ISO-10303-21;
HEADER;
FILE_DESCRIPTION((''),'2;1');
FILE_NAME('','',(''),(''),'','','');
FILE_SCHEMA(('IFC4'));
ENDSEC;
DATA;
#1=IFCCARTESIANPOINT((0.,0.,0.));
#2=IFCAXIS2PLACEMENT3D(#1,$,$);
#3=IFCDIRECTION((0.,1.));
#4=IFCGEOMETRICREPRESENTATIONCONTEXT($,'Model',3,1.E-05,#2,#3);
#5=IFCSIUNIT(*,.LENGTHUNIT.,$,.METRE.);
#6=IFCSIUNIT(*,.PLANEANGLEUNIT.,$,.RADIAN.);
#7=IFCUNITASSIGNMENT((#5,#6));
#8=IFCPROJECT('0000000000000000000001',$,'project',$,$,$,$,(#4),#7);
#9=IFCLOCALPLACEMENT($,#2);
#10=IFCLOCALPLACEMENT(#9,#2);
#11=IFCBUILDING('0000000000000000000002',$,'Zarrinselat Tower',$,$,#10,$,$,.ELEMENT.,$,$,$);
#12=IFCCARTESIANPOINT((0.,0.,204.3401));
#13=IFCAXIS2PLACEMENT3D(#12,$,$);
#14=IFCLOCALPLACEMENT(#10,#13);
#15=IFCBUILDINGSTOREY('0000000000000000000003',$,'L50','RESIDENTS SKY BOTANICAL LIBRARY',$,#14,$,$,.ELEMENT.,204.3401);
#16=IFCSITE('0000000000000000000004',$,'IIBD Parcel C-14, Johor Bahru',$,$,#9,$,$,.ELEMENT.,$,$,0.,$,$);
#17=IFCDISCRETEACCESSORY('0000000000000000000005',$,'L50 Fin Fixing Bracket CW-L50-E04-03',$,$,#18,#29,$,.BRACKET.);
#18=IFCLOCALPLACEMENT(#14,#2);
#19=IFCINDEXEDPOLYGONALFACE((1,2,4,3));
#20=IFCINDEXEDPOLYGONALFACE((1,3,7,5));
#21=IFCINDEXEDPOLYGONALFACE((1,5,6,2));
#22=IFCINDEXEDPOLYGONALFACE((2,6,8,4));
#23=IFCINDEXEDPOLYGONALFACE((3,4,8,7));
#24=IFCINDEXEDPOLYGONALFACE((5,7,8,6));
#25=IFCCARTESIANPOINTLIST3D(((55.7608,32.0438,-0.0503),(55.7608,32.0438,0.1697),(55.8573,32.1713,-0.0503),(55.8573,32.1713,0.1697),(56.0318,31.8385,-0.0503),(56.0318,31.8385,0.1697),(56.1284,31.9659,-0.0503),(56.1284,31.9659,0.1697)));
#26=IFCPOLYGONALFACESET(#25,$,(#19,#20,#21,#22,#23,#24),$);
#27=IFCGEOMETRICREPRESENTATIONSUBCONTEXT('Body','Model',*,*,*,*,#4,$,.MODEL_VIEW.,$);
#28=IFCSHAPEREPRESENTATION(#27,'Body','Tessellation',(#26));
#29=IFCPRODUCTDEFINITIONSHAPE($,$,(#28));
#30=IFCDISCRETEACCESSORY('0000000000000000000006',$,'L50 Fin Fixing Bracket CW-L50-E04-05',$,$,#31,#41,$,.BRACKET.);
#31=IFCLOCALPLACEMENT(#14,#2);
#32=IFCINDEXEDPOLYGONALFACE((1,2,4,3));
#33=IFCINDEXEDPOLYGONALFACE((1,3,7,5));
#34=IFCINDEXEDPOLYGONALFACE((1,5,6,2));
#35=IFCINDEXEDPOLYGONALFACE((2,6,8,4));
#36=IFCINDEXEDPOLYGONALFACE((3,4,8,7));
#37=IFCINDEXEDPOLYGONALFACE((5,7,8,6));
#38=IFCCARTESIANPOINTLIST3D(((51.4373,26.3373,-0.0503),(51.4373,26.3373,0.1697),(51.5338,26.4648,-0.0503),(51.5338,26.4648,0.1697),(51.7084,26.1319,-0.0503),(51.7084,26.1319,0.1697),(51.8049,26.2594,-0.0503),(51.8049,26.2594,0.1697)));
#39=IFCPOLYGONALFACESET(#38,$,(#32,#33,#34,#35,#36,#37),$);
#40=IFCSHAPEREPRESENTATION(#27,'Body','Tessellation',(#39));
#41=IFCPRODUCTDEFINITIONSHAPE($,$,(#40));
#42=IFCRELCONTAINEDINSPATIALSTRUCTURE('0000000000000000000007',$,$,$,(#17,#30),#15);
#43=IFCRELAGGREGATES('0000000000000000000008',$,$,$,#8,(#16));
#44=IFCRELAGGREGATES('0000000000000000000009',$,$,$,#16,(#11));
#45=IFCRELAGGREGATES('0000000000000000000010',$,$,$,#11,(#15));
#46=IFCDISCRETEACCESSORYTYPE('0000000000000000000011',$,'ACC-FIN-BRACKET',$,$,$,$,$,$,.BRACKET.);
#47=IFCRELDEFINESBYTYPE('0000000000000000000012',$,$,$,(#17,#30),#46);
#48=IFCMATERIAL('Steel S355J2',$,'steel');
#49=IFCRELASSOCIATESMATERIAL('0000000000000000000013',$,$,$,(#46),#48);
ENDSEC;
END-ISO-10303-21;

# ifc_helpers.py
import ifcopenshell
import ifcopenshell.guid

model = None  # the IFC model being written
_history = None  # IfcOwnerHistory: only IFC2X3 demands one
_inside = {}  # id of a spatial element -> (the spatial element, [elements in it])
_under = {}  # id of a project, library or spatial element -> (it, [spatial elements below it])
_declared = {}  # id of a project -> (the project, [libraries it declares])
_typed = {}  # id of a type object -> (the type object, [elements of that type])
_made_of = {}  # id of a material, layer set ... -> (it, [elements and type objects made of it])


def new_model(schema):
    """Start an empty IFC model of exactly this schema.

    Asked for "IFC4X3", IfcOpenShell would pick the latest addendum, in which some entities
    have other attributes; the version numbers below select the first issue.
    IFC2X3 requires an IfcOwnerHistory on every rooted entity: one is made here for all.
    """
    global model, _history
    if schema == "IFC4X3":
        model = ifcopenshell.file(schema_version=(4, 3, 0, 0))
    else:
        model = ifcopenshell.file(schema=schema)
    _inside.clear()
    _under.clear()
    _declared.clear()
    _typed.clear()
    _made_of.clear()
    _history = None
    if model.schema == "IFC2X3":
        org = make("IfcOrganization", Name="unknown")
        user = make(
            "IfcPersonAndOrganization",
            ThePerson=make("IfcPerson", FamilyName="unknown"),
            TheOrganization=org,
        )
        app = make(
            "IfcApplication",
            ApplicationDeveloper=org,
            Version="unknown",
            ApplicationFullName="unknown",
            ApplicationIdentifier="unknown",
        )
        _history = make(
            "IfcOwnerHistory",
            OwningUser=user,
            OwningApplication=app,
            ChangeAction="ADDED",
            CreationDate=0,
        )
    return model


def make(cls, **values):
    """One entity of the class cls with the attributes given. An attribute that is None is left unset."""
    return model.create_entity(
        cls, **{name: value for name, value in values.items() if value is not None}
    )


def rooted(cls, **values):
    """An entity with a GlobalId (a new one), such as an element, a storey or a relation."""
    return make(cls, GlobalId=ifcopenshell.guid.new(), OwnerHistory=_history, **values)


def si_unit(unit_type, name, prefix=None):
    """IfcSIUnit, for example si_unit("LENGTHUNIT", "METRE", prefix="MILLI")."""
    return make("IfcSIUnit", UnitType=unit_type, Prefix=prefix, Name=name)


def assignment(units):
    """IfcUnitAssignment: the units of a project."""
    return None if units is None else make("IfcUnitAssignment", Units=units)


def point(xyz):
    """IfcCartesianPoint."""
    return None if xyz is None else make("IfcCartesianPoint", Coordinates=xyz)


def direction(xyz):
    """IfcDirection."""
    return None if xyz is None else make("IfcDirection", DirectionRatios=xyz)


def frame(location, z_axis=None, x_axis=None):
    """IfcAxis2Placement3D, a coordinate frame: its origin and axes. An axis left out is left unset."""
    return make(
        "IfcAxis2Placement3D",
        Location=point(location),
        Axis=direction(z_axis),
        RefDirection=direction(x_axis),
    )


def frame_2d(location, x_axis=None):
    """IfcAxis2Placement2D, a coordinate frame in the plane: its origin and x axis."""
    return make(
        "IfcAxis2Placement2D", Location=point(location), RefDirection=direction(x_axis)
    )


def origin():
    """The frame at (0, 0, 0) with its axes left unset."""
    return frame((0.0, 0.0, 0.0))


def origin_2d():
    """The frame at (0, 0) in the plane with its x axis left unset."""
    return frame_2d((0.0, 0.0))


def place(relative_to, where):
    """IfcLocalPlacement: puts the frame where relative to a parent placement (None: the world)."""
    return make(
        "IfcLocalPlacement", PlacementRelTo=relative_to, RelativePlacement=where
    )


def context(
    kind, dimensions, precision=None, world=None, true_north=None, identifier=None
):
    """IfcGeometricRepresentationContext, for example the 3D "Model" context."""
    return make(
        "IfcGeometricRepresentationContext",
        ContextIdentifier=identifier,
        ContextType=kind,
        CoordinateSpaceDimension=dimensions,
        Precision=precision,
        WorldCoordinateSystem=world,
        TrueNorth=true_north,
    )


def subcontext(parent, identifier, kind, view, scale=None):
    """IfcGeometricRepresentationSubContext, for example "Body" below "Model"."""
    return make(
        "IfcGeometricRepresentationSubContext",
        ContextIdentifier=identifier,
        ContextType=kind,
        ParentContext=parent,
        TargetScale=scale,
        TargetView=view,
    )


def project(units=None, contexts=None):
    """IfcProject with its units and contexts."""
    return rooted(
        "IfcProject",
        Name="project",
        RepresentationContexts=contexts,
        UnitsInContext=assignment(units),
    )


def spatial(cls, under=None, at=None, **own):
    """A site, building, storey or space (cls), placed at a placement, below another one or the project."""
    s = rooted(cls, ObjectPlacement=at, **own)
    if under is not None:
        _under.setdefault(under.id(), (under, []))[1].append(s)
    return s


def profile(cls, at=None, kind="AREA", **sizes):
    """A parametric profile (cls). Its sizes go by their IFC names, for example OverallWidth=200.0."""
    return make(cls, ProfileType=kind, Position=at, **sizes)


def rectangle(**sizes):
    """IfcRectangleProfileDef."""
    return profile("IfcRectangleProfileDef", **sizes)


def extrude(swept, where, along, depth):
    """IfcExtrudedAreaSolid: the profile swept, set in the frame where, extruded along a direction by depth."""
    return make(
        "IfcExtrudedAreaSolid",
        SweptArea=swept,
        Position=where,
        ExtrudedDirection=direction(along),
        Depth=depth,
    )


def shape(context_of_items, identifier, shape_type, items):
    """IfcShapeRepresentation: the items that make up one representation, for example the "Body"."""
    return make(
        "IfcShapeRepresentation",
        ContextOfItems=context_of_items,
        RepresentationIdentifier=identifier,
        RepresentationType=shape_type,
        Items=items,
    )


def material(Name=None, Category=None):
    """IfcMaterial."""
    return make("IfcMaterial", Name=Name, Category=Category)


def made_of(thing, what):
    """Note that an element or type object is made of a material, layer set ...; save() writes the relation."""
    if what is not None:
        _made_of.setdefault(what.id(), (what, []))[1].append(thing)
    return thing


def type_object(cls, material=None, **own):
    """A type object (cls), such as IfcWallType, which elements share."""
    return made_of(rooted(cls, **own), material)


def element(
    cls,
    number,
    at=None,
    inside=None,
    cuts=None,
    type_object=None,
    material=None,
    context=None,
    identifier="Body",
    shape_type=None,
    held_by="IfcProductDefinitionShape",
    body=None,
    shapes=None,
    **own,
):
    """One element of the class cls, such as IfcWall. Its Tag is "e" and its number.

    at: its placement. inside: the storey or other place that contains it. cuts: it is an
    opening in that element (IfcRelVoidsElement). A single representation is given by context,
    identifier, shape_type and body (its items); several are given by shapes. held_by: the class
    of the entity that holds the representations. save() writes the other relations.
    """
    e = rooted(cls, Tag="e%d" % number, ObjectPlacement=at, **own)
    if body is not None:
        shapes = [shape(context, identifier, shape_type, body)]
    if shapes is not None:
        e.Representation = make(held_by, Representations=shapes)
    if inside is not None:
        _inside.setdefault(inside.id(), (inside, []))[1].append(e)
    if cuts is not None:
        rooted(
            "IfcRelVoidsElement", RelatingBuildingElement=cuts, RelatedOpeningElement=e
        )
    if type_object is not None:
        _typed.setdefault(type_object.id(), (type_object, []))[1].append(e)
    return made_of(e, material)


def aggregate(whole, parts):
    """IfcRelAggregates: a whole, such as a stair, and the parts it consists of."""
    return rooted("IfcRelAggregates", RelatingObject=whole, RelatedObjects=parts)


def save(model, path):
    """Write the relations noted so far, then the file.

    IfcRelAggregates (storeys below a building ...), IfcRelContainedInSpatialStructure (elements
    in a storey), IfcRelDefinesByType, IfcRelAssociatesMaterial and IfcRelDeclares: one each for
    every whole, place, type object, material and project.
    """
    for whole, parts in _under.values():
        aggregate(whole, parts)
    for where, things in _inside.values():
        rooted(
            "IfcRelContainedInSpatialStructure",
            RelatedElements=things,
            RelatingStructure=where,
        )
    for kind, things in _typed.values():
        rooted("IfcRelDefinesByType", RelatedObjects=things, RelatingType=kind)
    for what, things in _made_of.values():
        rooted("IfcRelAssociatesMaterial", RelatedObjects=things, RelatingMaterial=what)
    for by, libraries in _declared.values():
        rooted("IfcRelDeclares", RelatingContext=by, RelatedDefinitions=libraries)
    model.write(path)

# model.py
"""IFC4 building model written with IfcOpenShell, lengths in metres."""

from ifc_helpers import new_model, si_unit, direction, frame, origin, origin_2d, place, context, subcontext, project, spatial, rectangle, extrude, material, type_object, element, save


model = new_model("IFC4")

# Units and contexts
model_context = context("Model", 3, precision=1e-05, world=origin(), true_north=direction((0.0, 1.0)))
body_context = subcontext(model_context, "Body", "Model", "MODEL_VIEW")
ifc_project = project(units=[si_unit("LENGTHUNIT", "METRE"), si_unit("PLANEANGLEUNIT", "RADIAN")], contexts=[model_context])

# Site, building, storey
site_placement = place(None, origin())
site = spatial("IfcSite", under=ifc_project, at=site_placement, Name="IIBD Parcel C-14, Johor Bahru", CompositionType="ELEMENT", RefElevation=0.0)
building_placement = place(site_placement, origin())
building = spatial("IfcBuilding", under=site, at=building_placement, Name="Zarrinselat Tower", CompositionType="ELEMENT")
storey_placement = place(building_placement, frame((0.0, 0.0, 204.3401)))
storey = spatial("IfcBuildingStorey", under=building, at=storey_placement, Name="L50", Description="RESIDENTS SKY BOTANICAL LIBRARY", CompositionType="ELEMENT", Elevation=204.3401)

# Discrete accessories
ifc_material_1 = material(Name="Steel S355J2", Category="steel")
discrete_accessory_type = type_object("IfcDiscreteAccessoryType", Name="ACC-FIN-BRACKET", PredefinedType="BRACKET", material=ifc_material_1)
for number, where, z_axis, x_axis, name in (
    (1, (55.9446, 32.0049, -0.0503), (0.0, 0.0, 1.0), (0.797092, -0.603858, 0.0), "L50 Fin Fixing Bracket CW-L50-E04-03"),
    (2, (51.6211, 26.2983, -0.0503), (0.0, 0.0, 1.0), (0.797092, -0.603858, 0.0), "L50 Fin Fixing Bracket CW-L50-E04-05"),
):
    element("IfcDiscreteAccessory", number, at=place(storey_placement, frame(where, z_axis=z_axis, x_axis=x_axis)), inside=storey, type_object=discrete_accessory_type, Name=name, PredefinedType="BRACKET", context=body_context, shape_type="SweptSolid", body=[
        extrude(rectangle(XDim=0.3401, YDim=0.1599, at=origin_2d()), origin(), (0.0, 0.0, 1.0), 0.22),
    ])

save(model, "model.ifc")
